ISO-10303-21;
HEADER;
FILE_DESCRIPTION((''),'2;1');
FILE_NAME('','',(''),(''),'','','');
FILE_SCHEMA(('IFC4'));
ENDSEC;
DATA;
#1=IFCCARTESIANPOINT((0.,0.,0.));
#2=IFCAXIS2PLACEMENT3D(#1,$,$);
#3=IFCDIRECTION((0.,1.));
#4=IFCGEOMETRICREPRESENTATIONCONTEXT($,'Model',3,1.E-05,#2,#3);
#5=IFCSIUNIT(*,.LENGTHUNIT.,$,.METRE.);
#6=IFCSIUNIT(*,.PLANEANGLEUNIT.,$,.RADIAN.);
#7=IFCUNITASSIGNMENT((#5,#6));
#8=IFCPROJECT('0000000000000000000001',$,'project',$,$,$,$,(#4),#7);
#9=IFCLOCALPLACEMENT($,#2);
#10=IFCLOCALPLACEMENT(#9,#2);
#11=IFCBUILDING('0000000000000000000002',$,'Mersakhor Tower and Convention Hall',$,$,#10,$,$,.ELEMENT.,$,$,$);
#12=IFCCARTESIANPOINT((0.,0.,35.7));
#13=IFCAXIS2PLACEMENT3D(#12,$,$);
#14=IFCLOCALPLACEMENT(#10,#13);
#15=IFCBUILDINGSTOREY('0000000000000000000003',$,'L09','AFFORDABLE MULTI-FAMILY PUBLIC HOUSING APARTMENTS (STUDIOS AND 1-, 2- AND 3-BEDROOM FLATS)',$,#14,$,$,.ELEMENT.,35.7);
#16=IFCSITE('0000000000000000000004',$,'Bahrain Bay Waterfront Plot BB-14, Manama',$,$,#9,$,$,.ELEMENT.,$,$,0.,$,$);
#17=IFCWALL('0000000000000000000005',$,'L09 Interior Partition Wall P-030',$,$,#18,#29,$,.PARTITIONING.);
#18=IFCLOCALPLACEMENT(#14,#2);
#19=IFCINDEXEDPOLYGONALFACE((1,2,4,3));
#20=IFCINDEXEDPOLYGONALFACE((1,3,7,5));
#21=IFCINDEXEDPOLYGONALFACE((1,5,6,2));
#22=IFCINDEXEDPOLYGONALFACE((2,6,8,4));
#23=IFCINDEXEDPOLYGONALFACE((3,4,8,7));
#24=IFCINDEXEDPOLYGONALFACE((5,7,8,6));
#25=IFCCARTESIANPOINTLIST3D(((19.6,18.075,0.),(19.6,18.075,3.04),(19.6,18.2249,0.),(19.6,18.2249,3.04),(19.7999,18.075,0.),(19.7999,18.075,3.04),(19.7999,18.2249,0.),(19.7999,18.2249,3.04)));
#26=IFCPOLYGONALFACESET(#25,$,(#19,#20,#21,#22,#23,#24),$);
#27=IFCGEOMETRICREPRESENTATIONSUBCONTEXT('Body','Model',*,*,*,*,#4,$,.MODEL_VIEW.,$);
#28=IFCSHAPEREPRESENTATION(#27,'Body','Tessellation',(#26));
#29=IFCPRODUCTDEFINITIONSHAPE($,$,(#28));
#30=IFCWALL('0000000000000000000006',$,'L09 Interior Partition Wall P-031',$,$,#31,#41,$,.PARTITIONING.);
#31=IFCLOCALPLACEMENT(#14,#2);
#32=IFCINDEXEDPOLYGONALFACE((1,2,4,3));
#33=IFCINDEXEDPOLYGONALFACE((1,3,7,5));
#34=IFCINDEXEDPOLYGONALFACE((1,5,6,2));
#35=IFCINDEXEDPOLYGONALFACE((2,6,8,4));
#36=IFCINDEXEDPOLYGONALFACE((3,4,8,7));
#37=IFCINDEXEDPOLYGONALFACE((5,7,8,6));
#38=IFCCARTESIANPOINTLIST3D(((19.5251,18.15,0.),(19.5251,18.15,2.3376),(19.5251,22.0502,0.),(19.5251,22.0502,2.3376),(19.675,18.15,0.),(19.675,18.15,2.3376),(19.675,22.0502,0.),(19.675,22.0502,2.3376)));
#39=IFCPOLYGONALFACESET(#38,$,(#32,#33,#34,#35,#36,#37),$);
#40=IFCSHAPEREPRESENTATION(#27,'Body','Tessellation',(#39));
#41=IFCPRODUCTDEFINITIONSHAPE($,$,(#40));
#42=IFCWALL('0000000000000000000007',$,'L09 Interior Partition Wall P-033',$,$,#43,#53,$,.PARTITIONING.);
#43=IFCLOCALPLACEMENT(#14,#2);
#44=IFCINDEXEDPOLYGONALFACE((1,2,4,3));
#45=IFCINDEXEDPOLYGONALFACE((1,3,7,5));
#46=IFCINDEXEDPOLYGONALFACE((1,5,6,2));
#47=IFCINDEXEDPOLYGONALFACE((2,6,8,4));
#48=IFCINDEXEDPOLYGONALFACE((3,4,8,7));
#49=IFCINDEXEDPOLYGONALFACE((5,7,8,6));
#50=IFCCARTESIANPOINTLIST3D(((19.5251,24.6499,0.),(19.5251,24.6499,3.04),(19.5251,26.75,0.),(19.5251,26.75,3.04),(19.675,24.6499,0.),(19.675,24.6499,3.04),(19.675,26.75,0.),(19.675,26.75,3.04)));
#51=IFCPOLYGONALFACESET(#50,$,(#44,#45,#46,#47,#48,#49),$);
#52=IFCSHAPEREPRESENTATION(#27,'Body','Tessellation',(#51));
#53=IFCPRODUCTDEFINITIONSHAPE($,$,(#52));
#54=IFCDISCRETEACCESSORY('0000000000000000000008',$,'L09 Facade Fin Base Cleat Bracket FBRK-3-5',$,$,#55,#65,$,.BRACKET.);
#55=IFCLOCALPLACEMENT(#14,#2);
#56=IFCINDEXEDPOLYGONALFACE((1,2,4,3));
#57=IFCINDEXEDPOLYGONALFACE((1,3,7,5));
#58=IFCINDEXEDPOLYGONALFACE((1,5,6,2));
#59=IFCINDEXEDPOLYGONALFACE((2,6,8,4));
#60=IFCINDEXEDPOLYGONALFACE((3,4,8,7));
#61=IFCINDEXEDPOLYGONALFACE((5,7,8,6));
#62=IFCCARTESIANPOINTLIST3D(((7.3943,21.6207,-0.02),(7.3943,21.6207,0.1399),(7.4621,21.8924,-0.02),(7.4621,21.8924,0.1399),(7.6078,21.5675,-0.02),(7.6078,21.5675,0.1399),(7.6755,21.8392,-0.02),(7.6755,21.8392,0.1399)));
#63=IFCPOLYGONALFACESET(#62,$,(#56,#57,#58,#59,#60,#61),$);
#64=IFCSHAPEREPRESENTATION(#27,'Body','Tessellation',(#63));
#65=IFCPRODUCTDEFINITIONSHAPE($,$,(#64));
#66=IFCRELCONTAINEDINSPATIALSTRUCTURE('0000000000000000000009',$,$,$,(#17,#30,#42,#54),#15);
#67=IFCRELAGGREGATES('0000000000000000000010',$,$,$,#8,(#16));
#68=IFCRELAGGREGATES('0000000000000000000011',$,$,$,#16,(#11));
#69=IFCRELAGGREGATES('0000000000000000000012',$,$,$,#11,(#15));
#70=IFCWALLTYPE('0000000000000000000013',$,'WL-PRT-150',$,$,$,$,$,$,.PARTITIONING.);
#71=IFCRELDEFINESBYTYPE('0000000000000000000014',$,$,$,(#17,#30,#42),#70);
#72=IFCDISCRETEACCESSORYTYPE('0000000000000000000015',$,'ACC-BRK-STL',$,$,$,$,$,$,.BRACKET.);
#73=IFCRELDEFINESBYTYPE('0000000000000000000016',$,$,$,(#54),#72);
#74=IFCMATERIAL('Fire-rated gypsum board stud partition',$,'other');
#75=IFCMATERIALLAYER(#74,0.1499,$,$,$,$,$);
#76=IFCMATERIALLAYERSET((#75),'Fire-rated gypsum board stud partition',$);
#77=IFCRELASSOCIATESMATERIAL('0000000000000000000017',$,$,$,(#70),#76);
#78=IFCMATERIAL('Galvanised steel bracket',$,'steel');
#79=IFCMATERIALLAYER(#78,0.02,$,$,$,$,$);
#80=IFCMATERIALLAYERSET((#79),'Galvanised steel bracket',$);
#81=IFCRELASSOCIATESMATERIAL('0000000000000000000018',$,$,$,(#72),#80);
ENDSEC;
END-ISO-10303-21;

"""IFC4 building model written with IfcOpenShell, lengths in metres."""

from ifc_helpers import new_model, si_unit, direction, frame, frame_2d, origin, origin_2d, place, context, subcontext, project, spatial, rectangle, extrude, material, layer, layer_set, type_object, element, save


model = new_model("IFC4")

# Units and contexts
model_context = context("Model", 3, precision=1e-05, world=origin(), true_north=direction((0.0, 1.0)))
body_context = subcontext(model_context, "Body", "Model", "MODEL_VIEW")
ifc_project = project(units=[si_unit("LENGTHUNIT", "METRE"), si_unit("PLANEANGLEUNIT", "RADIAN")], contexts=[model_context])

# Site, building, storey
site_placement = place(None, origin())
site = spatial("IfcSite", under=ifc_project, at=site_placement, Name="Bahrain Bay Waterfront Plot BB-14, Manama", CompositionType="ELEMENT", RefElevation=0.0)
building_placement = place(site_placement, origin())
building = spatial("IfcBuilding", under=site, at=building_placement, Name="Mersakhor Tower and Convention Hall", CompositionType="ELEMENT")
storey_placement = place(building_placement, frame((0.0, 0.0, 35.7)))
storey = spatial("IfcBuildingStorey", under=building, at=storey_placement, Name="L09", Description="AFFORDABLE MULTI-FAMILY PUBLIC HOUSING APARTMENTS (STUDIOS AND 1-, 2- AND 3-BEDROOM FLATS)", CompositionType="ELEMENT", Elevation=35.7)

# Walls
ifc_material_1 = material(Name="Fire-rated gypsum board stud partition", Category="other")
ifc_layer_1 = layer(ifc_material_1, 0.1499)
ifc_layer_set_1 = layer_set([ifc_layer_1], Name="Fire-rated gypsum board stud partition")
wall_type_1 = type_object("IfcWallType", Name="WL-PRT-150", PredefinedType="PARTITIONING", material=ifc_layer_set_1)
wall_1_placement = place(storey_placement, frame((19.8, 18.1499, 0.0), z_axis=(0.0, 0.0, 1.0), x_axis=(-1.0, 0.0, 0.0)))
element("IfcWall", 1, at=wall_1_placement, inside=storey, type_object=wall_type_1, Name="L09 Interior Partition Wall P-030", PredefinedType="PARTITIONING", context=body_context, shape_type="SweptSolid", body=[
    extrude(rectangle(XDim=0.2, YDim=0.1499, at=frame_2d((0.1001, 0.0))), origin(), (0.0, 0.0, 1.0), 3.04),
])
wall_2_placement = place(storey_placement, frame((19.6001, 18.1499, 0.0), z_axis=(0.0, 0.0, 1.0), x_axis=(0.0, 1.0, 0.0)))
element("IfcWall", 2, at=wall_2_placement, inside=storey, type_object=wall_type_1, Name="L09 Interior Partition Wall P-031", PredefinedType="PARTITIONING", context=body_context, shape_type="SweptSolid", body=[
    extrude(rectangle(XDim=3.9001, YDim=0.1499, at=frame_2d((1.9502, 0.0))), origin(), (0.0, 0.0, 1.0), 2.3376),
])

# Wall
wall_3_placement = place(storey_placement, frame((19.6001, 24.6499, 0.0), z_axis=(0.0, 0.0, 1.0), x_axis=(0.0, 1.0, 0.0)))
element("IfcWall", 3, at=wall_3_placement, inside=storey, type_object=wall_type_1, Name="L09 Interior Partition Wall P-033", PredefinedType="PARTITIONING", context=body_context, shape_type="SweptSolid", body=[
    extrude(rectangle(XDim=2.1001, YDim=0.1499, at=frame_2d((1.05, 0.0))), origin(), (0.0, 0.0, 1.0), 3.04),
])

# Discrete accessory
ifc_material_2 = material(Name="Galvanised steel bracket", Category="steel")
ifc_layer_2 = layer(ifc_material_2, 0.02)
ifc_layer_set_2 = layer_set([ifc_layer_2], Name="Galvanised steel bracket")
discrete_accessory_type = type_object("IfcDiscreteAccessoryType", Name="ACC-BRK-STL", PredefinedType="BRACKET", material=ifc_layer_set_2)
discrete_accessory_placement = place(storey_placement, frame((7.5349, 21.73, -0.02), z_axis=(0.0, 0.0, 1.0), x_axis=(-0.241922, -0.970296, 0.0)))
element("IfcDiscreteAccessory", 4, at=discrete_accessory_placement, inside=storey, type_object=discrete_accessory_type, Name="L09 Facade Fin Base Cleat Bracket FBRK-3-5", PredefinedType="BRACKET", context=body_context, shape_type="SweptSolid", body=[
    extrude(rectangle(XDim=0.28, YDim=0.22, at=origin_2d()), origin(), (0.0, 0.0, 1.0), 0.1599),
])

save(model, "model.ifc")
